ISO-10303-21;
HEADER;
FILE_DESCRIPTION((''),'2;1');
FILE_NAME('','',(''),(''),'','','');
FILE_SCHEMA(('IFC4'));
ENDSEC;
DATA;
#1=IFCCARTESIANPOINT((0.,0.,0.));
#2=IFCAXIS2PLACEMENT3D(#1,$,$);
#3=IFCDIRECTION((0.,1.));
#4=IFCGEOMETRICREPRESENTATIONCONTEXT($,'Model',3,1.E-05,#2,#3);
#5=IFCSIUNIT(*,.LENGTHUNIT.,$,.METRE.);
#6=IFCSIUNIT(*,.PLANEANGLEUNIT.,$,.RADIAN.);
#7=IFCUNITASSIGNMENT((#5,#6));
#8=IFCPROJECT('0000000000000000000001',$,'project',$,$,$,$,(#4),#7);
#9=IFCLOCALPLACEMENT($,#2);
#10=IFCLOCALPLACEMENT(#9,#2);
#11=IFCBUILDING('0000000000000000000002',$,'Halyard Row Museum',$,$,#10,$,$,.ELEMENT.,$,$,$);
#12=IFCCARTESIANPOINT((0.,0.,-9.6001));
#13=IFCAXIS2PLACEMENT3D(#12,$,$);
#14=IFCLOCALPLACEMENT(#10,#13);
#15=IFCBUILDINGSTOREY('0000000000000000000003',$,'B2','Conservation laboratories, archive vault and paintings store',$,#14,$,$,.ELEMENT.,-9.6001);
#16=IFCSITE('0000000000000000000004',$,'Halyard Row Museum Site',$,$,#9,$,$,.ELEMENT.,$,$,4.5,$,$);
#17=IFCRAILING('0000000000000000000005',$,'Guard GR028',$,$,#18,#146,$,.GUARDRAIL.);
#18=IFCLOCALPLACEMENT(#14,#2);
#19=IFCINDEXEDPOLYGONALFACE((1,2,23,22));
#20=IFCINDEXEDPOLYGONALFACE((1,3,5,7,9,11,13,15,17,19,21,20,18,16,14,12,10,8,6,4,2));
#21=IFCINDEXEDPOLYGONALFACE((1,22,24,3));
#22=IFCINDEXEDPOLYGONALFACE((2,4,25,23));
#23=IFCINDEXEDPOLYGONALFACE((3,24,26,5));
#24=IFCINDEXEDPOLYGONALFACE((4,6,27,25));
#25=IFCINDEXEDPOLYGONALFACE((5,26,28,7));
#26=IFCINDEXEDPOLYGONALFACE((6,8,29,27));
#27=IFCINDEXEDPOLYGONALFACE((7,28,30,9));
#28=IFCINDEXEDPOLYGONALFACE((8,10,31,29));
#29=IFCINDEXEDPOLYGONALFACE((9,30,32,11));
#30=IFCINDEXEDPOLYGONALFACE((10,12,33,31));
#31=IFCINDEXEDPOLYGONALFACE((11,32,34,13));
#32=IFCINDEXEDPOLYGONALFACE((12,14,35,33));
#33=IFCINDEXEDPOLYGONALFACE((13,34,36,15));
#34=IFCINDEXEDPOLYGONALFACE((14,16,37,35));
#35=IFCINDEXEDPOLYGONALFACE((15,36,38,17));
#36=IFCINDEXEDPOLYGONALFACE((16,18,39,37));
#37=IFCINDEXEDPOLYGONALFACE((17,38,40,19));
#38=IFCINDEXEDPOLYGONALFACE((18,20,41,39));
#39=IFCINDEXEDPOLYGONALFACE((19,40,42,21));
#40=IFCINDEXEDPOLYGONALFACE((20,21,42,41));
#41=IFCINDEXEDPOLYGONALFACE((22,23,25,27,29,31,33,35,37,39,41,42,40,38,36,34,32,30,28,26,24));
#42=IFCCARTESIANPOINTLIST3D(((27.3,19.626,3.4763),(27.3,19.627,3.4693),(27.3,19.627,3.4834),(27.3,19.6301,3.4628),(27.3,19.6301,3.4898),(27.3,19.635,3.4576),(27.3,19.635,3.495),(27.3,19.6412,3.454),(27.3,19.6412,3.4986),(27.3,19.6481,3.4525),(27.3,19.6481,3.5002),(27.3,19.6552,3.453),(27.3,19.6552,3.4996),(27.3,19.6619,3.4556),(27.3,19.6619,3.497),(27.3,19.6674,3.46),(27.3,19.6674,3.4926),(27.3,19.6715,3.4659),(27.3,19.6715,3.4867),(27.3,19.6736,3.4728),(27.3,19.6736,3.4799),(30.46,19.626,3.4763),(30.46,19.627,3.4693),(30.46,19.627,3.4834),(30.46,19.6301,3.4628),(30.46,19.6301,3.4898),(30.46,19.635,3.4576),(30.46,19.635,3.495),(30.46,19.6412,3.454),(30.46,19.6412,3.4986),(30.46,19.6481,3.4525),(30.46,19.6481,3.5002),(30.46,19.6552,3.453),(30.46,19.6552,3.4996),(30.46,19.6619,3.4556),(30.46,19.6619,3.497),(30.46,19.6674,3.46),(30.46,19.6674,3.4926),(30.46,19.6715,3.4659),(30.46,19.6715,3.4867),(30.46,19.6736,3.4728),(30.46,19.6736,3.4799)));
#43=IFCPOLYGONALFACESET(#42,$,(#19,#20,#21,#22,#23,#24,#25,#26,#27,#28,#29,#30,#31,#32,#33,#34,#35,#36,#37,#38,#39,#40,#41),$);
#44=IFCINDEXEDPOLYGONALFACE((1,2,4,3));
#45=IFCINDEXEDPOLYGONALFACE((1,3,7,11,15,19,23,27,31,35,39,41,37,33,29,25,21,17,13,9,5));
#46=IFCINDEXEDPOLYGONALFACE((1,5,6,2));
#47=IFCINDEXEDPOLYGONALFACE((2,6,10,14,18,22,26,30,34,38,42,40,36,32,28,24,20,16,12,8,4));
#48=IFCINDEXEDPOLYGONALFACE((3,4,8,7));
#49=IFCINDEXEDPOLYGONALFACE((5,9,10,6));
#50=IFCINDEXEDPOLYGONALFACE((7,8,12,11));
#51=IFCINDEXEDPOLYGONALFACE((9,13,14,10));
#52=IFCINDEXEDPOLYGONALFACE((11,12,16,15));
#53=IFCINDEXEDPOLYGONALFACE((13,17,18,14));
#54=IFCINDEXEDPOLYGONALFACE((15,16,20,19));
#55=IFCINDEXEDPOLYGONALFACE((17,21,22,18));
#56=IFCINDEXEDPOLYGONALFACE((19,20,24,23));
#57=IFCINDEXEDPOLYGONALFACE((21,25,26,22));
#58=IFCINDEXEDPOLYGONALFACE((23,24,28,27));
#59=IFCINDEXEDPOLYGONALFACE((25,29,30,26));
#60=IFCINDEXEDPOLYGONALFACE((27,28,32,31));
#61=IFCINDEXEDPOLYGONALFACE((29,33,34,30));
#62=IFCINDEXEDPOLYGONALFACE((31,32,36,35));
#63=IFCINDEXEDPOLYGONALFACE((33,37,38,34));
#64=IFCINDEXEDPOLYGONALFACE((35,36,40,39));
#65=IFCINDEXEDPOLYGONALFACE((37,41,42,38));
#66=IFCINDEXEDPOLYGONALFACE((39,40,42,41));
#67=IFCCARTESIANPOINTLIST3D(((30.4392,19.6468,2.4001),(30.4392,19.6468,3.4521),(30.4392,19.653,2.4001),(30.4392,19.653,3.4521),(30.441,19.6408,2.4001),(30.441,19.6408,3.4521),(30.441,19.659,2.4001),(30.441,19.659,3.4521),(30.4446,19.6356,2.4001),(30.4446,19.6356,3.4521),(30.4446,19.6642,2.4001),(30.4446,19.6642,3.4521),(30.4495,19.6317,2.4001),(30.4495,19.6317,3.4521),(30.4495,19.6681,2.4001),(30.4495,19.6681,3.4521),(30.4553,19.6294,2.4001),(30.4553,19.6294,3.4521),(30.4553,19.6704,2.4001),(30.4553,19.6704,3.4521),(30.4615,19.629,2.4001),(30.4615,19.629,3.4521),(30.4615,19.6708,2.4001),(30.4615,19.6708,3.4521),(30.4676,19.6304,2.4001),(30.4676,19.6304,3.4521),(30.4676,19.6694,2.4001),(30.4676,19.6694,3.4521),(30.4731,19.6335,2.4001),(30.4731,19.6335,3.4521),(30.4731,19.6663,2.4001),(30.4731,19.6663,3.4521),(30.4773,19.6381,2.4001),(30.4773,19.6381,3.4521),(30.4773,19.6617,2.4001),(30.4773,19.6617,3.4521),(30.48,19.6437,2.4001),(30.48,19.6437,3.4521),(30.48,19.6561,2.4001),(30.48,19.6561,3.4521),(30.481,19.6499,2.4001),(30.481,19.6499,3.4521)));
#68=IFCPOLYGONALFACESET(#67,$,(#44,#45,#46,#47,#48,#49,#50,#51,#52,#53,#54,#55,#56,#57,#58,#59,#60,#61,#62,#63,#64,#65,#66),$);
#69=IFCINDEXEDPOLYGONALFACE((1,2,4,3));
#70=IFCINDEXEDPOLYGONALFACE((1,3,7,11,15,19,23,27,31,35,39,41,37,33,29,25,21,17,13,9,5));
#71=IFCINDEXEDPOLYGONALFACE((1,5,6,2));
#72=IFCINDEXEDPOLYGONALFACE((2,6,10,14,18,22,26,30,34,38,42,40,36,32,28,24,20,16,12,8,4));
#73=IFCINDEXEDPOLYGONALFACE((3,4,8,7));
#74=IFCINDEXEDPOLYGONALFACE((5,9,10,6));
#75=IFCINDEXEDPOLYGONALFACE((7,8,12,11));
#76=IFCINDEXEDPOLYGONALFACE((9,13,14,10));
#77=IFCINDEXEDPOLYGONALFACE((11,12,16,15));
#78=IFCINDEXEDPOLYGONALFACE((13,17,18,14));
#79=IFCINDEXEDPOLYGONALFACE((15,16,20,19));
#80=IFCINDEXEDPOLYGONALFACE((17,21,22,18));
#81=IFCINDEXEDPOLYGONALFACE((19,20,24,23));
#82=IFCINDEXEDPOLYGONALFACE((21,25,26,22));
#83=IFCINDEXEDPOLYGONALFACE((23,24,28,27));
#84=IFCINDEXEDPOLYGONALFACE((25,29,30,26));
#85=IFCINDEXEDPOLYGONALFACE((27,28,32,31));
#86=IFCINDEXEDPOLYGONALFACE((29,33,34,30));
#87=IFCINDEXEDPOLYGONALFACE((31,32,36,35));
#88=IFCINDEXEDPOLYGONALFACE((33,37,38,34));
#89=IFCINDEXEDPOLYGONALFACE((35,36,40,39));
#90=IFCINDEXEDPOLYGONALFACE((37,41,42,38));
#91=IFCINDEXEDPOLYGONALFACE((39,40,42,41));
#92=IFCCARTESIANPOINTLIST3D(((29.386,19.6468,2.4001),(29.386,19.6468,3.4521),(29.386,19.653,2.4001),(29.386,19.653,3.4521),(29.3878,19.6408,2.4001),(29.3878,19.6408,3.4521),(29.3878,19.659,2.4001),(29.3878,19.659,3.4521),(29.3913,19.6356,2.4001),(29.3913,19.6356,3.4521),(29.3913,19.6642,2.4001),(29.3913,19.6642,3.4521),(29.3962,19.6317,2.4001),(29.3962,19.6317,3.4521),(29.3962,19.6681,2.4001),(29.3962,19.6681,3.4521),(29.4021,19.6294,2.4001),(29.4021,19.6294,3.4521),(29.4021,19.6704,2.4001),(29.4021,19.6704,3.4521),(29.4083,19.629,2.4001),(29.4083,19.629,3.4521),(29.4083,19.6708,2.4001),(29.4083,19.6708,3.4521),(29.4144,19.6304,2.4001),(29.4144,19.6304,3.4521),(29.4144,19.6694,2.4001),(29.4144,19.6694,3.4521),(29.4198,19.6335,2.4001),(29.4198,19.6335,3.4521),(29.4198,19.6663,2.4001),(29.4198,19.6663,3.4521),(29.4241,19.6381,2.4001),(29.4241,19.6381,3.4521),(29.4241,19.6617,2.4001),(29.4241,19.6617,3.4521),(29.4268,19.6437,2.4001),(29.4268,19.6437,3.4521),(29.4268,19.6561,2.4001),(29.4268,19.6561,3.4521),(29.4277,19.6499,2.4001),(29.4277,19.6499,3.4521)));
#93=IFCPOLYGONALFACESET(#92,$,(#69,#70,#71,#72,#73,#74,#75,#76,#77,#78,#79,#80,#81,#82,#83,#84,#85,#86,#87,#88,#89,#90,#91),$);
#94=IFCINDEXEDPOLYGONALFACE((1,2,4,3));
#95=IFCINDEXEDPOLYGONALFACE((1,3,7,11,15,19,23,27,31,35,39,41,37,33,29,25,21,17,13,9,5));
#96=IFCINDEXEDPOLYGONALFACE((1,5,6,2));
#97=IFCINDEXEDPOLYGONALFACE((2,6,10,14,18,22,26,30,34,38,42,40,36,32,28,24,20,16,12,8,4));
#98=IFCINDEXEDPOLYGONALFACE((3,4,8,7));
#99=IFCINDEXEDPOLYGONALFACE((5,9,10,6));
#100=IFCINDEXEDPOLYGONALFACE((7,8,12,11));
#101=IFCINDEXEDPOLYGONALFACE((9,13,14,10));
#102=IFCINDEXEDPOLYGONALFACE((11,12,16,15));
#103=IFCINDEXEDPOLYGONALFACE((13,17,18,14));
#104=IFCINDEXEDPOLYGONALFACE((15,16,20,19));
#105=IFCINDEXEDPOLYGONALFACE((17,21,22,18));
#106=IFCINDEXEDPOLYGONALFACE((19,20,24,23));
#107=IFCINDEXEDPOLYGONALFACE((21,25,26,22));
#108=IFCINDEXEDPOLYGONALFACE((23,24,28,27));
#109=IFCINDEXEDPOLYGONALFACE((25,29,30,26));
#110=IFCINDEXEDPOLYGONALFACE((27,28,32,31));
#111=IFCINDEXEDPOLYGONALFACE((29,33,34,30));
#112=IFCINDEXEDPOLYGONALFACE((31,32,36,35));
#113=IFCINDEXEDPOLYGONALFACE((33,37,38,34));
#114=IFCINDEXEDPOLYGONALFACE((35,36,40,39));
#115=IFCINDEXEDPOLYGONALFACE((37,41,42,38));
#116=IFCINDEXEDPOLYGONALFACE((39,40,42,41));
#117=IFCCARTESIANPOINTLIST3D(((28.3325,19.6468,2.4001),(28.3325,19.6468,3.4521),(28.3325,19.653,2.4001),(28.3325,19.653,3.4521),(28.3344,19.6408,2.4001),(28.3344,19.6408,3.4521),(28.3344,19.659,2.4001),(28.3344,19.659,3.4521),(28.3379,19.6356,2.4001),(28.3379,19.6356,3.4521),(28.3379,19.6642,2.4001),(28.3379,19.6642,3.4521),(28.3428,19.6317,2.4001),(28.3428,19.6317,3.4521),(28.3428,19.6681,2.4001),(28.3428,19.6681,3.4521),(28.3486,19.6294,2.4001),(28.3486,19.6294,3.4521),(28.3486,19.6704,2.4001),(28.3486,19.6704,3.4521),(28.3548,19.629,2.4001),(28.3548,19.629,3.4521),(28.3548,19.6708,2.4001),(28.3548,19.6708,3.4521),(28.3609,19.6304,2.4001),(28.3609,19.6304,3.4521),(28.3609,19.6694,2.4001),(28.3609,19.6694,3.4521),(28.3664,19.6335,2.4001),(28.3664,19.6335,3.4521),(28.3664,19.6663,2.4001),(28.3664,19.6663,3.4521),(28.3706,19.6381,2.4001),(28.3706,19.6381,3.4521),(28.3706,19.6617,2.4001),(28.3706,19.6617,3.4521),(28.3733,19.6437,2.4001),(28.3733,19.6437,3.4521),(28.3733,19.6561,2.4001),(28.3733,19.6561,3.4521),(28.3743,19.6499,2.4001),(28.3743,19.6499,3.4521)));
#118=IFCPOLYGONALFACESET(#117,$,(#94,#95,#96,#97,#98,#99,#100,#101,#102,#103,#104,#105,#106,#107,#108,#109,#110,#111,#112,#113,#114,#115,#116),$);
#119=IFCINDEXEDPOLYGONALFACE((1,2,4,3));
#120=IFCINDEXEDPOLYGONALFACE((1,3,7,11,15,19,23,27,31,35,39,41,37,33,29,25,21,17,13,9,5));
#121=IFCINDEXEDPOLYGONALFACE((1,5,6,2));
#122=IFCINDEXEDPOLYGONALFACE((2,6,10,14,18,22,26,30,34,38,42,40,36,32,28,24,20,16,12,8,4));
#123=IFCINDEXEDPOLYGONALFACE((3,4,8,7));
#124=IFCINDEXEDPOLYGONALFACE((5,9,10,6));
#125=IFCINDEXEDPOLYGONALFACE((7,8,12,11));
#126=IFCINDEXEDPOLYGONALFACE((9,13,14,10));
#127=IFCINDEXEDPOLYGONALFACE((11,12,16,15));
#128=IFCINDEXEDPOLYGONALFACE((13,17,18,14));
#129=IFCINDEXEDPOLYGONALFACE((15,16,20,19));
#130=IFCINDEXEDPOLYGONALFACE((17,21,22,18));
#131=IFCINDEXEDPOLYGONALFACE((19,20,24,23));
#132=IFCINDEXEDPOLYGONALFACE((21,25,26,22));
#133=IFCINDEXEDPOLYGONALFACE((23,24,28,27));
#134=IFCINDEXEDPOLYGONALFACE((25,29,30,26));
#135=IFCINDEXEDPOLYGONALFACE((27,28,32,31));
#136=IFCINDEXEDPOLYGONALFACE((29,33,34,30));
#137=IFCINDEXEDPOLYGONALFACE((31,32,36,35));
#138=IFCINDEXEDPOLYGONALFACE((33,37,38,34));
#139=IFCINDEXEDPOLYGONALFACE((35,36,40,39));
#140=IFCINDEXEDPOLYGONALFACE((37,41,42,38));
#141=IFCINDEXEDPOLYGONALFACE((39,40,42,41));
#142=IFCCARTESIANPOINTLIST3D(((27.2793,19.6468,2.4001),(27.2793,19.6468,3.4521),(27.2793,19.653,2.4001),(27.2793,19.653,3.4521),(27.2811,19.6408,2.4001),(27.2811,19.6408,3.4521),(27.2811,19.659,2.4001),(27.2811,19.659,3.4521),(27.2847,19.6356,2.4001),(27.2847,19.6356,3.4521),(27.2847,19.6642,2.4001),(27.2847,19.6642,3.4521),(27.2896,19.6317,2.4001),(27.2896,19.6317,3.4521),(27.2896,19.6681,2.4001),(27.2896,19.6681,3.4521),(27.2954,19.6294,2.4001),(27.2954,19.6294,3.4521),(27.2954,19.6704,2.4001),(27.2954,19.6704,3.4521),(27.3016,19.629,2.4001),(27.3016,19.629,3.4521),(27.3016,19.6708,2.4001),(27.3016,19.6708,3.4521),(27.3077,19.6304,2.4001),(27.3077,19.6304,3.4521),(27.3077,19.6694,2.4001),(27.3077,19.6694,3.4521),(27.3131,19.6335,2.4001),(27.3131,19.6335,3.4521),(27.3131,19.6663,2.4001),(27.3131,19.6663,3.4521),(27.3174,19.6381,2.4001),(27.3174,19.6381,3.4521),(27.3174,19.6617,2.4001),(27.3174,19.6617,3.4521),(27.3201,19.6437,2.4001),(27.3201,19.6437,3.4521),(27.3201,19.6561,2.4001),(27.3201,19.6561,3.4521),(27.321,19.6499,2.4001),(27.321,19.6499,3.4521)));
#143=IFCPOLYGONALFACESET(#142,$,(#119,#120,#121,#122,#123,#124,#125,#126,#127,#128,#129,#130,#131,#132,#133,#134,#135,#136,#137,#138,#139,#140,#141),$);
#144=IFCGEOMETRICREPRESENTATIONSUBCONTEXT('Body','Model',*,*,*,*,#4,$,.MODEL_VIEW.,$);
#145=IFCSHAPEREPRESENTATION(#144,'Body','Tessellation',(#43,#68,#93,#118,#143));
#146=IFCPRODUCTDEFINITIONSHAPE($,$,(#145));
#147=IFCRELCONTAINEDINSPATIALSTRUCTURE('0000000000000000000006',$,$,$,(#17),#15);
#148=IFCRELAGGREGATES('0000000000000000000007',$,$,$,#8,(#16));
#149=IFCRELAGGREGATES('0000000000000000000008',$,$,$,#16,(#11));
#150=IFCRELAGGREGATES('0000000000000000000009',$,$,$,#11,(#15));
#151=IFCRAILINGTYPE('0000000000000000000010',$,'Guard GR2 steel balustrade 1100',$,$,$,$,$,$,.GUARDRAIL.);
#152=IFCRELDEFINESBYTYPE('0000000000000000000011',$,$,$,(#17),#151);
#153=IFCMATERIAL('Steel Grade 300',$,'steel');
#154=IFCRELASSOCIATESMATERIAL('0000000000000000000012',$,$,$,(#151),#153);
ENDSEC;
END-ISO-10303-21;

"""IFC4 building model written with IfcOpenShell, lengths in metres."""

from ifc_helpers import new_model, si_unit, direction, frame, origin, origin_2d, place, context, subcontext, project, spatial, circle, extrude, material, type_object, element, save


model = new_model("IFC4")

# Units and contexts
model_context = context("Model", 3, precision=1e-05, world=origin(), true_north=direction((0.0, 1.0)))
body_context = subcontext(model_context, "Body", "Model", "MODEL_VIEW")
ifc_project = project(units=[si_unit("LENGTHUNIT", "METRE"), si_unit("PLANEANGLEUNIT", "RADIAN")], contexts=[model_context])

# Site, building, storey
site_placement = place(None, origin())
site = spatial("IfcSite", under=ifc_project, at=site_placement, Name="Halyard Row Museum Site", CompositionType="ELEMENT", RefElevation=4.5)
building_placement = place(site_placement, origin())
building = spatial("IfcBuilding", under=site, at=building_placement, Name="Halyard Row Museum", CompositionType="ELEMENT")
storey_placement = place(building_placement, frame((0.0, 0.0, -9.6001)))
storey = spatial("IfcBuildingStorey", under=building, at=storey_placement, Name="B2", Description="Conservation laboratories, archive vault and paintings store", CompositionType="ELEMENT", Elevation=-9.6001)

# Railing
ifc_material_1 = material(Name="Steel Grade 300", Category="steel")
railing_type_1 = type_object("IfcRailingType", Name="Guard GR2 steel balustrade 1100", PredefinedType="GUARDRAIL", material=ifc_material_1)
railing_1_placement = place(storey_placement, frame((30.46, 19.6499, 2.4001)))
element("IfcRailing", 1, at=railing_1_placement, inside=storey, type_object=railing_type_1, Name="Guard GR028", PredefinedType="GUARDRAIL", context=body_context, shape_type="SweptSolid", body=[
    extrude(circle(Radius=0.0239, at=origin_2d()), frame((0.0, 0.0, 1.0762), z_axis=(-1.0, 0.0, 0.0), x_axis=(0.0, -1.0, 0.0)), (0.0, 0.0, 1.0), 3.1599),
    extrude(circle(Radius=0.021, at=origin_2d()), origin(), (0.0, 0.0, 1.0), 1.052),
    extrude(circle(Radius=0.021, at=origin_2d()), frame((-1.0532, 0.0, 0.0)), (0.0, 0.0, 1.0), 1.052),
    extrude(circle(Radius=0.021, at=origin_2d()), frame((-2.1067, 0.0, 0.0)), (0.0, 0.0, 1.0), 1.052),
    extrude(circle(Radius=0.021, at=origin_2d()), frame((-3.1599, 0.0, 0.0)), (0.0, 0.0, 1.0), 1.052),
])

save(model, "model.ifc")
